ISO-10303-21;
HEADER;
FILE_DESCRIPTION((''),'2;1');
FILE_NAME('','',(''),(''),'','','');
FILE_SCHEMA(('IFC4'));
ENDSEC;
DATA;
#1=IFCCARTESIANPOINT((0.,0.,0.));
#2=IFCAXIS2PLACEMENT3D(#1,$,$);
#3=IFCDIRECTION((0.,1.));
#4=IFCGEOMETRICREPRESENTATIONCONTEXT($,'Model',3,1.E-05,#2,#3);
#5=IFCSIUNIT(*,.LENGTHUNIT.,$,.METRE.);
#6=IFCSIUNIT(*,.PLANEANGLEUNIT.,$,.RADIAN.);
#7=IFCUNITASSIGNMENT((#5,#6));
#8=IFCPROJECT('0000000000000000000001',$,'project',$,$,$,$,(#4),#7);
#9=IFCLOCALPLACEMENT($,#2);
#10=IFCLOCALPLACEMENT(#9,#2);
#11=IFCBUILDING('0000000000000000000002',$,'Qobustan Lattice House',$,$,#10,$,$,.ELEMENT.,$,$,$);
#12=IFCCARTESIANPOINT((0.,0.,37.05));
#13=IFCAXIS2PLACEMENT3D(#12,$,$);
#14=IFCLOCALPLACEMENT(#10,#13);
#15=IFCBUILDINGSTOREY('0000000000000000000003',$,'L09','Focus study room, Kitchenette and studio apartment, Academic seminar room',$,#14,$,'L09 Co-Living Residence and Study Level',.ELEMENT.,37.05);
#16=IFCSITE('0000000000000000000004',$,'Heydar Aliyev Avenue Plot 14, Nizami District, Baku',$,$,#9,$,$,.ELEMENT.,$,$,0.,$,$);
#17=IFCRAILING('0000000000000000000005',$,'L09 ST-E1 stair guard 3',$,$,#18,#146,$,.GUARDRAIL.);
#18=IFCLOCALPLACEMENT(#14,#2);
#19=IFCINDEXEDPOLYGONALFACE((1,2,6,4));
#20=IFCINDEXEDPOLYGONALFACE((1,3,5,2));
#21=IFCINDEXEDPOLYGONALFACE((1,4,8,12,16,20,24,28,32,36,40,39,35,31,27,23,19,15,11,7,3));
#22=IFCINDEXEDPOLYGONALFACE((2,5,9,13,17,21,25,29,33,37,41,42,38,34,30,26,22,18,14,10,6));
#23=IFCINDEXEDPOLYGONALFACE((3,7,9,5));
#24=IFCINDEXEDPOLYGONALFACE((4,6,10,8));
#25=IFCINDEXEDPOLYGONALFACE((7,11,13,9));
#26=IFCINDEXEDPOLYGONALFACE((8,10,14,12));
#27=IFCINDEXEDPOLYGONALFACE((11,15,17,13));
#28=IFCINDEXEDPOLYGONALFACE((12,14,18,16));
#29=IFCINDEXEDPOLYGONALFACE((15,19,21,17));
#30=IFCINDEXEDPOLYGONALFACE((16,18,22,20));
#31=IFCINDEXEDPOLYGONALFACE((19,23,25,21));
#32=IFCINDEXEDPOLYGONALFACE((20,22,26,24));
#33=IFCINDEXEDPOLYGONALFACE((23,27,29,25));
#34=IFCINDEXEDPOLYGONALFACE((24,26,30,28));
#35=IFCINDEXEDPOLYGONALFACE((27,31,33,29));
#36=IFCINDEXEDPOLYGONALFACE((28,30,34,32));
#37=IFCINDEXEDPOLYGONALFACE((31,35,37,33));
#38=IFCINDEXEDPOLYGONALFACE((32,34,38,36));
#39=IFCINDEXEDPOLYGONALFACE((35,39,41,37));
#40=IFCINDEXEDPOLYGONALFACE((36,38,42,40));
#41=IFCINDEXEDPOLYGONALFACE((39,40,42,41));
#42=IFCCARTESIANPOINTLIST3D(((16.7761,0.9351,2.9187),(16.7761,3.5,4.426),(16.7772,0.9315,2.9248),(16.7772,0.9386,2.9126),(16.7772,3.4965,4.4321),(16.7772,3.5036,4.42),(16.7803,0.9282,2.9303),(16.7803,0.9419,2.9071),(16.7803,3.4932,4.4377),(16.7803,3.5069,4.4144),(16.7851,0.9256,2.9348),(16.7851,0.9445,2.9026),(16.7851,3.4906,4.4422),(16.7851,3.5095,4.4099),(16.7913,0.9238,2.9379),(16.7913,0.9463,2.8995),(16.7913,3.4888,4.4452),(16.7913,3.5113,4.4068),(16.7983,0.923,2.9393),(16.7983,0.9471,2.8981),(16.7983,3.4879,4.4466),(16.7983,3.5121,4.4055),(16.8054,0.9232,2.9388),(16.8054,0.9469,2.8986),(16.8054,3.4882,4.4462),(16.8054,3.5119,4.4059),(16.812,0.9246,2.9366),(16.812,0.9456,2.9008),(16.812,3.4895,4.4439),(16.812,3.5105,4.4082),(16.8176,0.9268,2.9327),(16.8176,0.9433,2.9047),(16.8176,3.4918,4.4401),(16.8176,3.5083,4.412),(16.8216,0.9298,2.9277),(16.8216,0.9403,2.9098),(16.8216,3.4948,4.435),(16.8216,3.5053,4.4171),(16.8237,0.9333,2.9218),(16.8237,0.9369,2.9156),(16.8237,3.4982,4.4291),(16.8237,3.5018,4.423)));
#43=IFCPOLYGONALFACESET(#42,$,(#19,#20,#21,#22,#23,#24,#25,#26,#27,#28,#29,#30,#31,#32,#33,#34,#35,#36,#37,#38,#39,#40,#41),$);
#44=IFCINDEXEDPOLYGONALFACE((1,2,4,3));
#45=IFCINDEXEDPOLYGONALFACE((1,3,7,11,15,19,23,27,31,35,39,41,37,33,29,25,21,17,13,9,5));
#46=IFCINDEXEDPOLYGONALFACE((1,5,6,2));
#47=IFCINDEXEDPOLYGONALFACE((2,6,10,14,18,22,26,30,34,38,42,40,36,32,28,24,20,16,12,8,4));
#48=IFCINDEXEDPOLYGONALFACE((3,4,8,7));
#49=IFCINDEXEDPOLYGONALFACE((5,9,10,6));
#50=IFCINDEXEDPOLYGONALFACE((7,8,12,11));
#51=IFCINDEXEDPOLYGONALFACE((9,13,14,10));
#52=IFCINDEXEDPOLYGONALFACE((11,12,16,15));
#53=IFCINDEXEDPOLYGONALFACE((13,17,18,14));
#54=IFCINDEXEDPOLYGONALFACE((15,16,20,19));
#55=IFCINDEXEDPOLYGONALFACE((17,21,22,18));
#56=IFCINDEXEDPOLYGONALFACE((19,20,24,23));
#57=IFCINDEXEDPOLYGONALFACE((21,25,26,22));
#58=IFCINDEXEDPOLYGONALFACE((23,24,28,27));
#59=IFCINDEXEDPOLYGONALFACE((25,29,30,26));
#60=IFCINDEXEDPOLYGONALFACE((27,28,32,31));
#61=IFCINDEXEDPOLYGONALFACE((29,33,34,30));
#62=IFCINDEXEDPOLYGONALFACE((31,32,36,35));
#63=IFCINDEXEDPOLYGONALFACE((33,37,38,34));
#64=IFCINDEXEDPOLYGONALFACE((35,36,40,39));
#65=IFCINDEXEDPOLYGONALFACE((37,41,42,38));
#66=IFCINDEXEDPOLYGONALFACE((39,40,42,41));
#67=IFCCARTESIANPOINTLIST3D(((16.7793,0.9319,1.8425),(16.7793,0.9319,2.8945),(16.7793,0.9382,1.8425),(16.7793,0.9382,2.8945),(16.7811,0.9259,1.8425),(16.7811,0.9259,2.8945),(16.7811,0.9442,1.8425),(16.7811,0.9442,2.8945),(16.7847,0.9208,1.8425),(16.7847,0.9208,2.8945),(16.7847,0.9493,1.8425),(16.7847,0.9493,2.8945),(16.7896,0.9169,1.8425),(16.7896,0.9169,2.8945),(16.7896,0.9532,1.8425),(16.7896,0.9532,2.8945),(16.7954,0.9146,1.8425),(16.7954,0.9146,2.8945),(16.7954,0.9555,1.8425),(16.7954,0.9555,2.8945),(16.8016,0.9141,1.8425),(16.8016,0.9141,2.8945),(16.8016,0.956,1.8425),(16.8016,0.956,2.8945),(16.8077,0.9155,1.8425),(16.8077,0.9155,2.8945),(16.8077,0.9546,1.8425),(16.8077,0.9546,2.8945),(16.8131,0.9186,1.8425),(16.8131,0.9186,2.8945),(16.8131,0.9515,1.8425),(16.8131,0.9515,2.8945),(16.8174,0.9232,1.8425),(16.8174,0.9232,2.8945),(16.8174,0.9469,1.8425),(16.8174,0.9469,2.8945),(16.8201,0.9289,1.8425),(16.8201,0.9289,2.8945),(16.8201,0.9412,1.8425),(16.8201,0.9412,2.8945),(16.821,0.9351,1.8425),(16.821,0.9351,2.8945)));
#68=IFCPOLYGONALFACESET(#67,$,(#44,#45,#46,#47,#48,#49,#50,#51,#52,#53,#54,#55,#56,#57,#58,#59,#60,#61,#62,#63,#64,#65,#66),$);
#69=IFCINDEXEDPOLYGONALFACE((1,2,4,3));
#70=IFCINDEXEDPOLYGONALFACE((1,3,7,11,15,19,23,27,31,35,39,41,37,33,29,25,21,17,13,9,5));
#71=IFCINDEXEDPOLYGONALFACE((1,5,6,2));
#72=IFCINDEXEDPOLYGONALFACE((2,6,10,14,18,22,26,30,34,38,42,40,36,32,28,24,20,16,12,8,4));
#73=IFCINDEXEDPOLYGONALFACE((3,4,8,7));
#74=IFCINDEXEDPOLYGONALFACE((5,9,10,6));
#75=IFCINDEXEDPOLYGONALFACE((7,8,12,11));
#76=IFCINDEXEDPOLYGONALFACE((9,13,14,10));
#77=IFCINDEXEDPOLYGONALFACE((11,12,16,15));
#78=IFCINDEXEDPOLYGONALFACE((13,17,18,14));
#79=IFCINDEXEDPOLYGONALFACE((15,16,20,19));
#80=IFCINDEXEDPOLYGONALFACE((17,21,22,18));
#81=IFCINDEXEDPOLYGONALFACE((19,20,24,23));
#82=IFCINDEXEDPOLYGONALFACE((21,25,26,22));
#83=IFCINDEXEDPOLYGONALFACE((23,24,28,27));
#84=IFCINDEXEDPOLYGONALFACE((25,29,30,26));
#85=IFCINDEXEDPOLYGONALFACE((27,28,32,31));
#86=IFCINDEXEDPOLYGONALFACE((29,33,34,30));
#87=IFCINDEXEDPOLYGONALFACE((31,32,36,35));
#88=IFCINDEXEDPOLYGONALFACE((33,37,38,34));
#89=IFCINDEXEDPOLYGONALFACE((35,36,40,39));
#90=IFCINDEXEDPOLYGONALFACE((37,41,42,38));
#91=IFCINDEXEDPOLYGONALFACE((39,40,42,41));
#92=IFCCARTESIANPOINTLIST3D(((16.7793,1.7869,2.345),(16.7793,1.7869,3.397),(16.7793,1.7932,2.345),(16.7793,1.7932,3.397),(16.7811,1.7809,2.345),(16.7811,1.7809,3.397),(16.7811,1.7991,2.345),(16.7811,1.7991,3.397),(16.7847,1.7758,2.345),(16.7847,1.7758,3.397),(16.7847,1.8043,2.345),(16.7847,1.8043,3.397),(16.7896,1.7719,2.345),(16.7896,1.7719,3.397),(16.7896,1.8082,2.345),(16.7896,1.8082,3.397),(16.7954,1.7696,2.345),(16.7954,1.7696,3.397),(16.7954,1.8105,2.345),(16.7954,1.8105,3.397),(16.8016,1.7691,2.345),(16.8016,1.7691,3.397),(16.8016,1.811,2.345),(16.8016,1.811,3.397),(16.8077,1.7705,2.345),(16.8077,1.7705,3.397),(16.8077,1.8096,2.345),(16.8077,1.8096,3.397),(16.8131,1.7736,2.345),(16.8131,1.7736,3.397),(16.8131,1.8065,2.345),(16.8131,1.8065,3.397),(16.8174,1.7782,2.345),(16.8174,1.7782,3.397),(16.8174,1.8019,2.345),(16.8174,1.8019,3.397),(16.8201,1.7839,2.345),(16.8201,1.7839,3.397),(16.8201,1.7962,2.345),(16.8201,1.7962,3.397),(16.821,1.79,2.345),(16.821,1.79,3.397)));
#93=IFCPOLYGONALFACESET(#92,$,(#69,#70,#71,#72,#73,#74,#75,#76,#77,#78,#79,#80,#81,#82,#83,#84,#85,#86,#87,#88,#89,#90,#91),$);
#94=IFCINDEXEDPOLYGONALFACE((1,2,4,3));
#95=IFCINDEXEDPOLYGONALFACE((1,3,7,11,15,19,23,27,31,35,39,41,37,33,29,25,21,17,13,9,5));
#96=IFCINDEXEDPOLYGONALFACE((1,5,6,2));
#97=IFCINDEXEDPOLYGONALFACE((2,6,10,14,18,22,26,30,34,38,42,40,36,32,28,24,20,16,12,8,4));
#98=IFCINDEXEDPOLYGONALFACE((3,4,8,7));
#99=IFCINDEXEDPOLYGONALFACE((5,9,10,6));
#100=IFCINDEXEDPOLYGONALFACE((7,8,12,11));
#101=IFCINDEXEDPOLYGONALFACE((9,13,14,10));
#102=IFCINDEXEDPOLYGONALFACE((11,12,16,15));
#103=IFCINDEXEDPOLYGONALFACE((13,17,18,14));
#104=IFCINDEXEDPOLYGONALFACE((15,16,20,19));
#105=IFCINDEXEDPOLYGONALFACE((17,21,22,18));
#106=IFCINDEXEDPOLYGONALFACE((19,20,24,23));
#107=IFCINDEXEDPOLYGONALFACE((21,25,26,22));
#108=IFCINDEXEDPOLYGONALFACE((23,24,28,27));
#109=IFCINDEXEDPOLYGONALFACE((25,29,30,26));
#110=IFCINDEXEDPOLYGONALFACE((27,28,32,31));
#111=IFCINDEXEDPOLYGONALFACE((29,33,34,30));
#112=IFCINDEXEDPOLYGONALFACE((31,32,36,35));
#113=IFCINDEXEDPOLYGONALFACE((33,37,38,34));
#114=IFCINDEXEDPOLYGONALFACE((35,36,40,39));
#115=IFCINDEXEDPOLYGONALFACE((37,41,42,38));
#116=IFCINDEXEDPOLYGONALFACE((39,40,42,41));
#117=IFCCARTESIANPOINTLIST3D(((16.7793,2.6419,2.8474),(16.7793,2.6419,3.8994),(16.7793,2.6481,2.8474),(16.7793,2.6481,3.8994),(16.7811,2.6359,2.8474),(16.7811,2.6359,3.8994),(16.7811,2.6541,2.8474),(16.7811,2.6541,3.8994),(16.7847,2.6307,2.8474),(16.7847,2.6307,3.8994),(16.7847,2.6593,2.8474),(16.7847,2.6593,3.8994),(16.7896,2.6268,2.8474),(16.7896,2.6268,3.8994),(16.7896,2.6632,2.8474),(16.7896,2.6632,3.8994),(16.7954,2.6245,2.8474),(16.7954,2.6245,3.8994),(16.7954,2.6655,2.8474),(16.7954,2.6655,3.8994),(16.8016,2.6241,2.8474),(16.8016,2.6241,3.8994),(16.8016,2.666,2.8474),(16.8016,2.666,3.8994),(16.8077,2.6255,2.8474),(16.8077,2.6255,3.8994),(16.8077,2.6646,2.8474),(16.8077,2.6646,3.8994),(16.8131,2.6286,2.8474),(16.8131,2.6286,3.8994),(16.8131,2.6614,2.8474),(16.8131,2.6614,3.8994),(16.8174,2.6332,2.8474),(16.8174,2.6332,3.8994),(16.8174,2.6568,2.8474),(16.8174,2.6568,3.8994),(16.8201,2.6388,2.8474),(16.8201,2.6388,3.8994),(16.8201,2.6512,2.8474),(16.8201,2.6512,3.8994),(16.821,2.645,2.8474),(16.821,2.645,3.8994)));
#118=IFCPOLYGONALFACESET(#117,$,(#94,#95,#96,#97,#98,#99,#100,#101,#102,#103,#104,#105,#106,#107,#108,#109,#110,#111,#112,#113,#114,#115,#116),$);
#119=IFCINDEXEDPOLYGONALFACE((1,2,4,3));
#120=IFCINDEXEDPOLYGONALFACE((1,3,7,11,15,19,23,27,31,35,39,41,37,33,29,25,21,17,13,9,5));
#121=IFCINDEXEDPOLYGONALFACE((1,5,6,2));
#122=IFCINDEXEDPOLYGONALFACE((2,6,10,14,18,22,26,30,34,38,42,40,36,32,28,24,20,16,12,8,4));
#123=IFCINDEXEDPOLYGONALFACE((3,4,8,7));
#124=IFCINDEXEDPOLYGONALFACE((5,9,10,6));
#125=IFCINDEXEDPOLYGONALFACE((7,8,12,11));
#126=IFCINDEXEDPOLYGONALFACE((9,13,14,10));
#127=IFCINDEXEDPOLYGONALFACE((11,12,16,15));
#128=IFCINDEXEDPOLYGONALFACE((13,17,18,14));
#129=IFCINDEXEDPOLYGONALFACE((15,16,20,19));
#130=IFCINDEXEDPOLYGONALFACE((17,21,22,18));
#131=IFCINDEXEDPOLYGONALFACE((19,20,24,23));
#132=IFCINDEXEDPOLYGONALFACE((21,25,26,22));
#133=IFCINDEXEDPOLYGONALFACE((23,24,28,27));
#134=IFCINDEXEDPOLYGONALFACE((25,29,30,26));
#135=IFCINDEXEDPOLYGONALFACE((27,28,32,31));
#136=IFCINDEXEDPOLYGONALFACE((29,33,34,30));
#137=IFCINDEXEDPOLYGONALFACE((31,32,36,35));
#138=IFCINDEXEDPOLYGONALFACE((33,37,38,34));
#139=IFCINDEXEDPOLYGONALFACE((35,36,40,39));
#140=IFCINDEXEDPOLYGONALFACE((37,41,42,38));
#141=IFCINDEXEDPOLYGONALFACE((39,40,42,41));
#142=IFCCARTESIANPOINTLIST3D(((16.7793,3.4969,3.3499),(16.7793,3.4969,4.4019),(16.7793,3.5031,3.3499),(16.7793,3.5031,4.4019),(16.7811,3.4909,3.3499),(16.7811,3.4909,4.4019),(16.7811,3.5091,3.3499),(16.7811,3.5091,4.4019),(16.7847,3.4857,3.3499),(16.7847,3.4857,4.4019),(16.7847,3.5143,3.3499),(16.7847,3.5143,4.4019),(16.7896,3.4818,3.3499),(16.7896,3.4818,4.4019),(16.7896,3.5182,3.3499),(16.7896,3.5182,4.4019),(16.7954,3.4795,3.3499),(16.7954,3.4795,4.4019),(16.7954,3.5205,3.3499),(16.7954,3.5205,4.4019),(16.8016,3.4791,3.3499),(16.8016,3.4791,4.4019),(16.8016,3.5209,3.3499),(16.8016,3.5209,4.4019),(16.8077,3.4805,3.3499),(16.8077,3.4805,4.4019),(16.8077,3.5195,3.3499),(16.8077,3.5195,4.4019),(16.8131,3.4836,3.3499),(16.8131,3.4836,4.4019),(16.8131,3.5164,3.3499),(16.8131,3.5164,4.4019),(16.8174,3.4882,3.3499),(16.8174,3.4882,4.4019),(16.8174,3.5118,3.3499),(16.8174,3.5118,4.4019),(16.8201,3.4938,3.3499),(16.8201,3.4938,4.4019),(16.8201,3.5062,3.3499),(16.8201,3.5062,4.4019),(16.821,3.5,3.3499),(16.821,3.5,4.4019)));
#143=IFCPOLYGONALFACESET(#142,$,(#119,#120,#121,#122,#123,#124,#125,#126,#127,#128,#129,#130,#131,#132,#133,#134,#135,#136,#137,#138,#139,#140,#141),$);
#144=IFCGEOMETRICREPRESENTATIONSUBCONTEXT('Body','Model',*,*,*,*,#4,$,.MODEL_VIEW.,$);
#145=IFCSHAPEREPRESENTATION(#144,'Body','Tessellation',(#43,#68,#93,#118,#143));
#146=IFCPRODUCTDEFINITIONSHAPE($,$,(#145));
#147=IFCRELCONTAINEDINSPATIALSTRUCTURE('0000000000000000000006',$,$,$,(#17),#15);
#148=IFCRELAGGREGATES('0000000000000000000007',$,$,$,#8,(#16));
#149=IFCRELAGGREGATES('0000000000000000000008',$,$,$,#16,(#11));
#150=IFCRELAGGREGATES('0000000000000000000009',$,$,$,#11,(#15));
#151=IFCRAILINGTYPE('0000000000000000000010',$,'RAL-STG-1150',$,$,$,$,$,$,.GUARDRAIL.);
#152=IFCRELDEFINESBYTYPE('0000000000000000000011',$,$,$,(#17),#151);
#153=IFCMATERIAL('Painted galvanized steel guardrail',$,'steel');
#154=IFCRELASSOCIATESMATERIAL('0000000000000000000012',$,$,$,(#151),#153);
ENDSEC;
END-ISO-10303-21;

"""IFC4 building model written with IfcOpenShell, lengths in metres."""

from ifc_helpers import new_model, si_unit, direction, frame, origin, origin_2d, place, context, subcontext, project, spatial, circle, extrude, material, type_object, element, save


model = new_model("IFC4")

# Units and contexts
model_context = context("Model", 3, precision=1e-05, world=origin(), true_north=direction((0.0, 1.0)))
body_context = subcontext(model_context, "Body", "Model", "MODEL_VIEW")
ifc_project = project(units=[si_unit("LENGTHUNIT", "METRE"), si_unit("PLANEANGLEUNIT", "RADIAN")], contexts=[model_context])

# Site, building, storey
site_placement = place(None, origin())
site = spatial("IfcSite", under=ifc_project, at=site_placement, Name="Heydar Aliyev Avenue Plot 14, Nizami District, Baku", CompositionType="ELEMENT", RefElevation=0.0)
building_placement = place(site_placement, origin())
building = spatial("IfcBuilding", under=site, at=building_placement, Name="Qobustan Lattice House", CompositionType="ELEMENT")
storey_placement = place(building_placement, frame((0.0, 0.0, 37.05)))
storey = spatial("IfcBuildingStorey", under=building, at=storey_placement, Name="L09", Description="Focus study room, Kitchenette and studio apartment, Academic seminar room", LongName="L09 Co-Living Residence and Study Level", CompositionType="ELEMENT", Elevation=37.05)

# Railing
ifc_material_1 = material(Name="Painted galvanized steel guardrail", Category="steel")
railing_type_1 = type_object("IfcRailingType", Name="RAL-STG-1150", PredefinedType="GUARDRAIL", material=ifc_material_1)
railing_1_placement = place(storey_placement, frame((16.8, 0.9351, 1.8425)))
element("IfcRailing", 1, at=railing_1_placement, inside=storey, type_object=railing_type_1, Name="L09 ST-E1 stair guard 3", PredefinedType="GUARDRAIL", context=body_context, shape_type="SweptSolid", body=[
    extrude(circle(Radius=0.0239, at=origin_2d()), frame((0.0, 0.0, 1.0762), z_axis=(0.0, 0.862149, 0.506654), x_axis=(-1.0, 0.0, 0.0)), (0.0, 0.0, 1.0), 2.9751),
    extrude(circle(Radius=0.021, at=origin_2d()), origin(), (0.0, 0.0, 1.0), 1.052),
    extrude(circle(Radius=0.021, at=origin_2d()), frame((0.0, 0.855, 0.5024)), (0.0, 0.0, 1.0), 1.052),
    extrude(circle(Radius=0.021, at=origin_2d()), frame((0.0, 1.71, 1.0049)), (0.0, 0.0, 1.0), 1.052),
    extrude(circle(Radius=0.021, at=origin_2d()), frame((0.0, 2.5649, 1.5073)), (0.0, 0.0, 1.0), 1.052),
])

save(model, "model.ifc")
